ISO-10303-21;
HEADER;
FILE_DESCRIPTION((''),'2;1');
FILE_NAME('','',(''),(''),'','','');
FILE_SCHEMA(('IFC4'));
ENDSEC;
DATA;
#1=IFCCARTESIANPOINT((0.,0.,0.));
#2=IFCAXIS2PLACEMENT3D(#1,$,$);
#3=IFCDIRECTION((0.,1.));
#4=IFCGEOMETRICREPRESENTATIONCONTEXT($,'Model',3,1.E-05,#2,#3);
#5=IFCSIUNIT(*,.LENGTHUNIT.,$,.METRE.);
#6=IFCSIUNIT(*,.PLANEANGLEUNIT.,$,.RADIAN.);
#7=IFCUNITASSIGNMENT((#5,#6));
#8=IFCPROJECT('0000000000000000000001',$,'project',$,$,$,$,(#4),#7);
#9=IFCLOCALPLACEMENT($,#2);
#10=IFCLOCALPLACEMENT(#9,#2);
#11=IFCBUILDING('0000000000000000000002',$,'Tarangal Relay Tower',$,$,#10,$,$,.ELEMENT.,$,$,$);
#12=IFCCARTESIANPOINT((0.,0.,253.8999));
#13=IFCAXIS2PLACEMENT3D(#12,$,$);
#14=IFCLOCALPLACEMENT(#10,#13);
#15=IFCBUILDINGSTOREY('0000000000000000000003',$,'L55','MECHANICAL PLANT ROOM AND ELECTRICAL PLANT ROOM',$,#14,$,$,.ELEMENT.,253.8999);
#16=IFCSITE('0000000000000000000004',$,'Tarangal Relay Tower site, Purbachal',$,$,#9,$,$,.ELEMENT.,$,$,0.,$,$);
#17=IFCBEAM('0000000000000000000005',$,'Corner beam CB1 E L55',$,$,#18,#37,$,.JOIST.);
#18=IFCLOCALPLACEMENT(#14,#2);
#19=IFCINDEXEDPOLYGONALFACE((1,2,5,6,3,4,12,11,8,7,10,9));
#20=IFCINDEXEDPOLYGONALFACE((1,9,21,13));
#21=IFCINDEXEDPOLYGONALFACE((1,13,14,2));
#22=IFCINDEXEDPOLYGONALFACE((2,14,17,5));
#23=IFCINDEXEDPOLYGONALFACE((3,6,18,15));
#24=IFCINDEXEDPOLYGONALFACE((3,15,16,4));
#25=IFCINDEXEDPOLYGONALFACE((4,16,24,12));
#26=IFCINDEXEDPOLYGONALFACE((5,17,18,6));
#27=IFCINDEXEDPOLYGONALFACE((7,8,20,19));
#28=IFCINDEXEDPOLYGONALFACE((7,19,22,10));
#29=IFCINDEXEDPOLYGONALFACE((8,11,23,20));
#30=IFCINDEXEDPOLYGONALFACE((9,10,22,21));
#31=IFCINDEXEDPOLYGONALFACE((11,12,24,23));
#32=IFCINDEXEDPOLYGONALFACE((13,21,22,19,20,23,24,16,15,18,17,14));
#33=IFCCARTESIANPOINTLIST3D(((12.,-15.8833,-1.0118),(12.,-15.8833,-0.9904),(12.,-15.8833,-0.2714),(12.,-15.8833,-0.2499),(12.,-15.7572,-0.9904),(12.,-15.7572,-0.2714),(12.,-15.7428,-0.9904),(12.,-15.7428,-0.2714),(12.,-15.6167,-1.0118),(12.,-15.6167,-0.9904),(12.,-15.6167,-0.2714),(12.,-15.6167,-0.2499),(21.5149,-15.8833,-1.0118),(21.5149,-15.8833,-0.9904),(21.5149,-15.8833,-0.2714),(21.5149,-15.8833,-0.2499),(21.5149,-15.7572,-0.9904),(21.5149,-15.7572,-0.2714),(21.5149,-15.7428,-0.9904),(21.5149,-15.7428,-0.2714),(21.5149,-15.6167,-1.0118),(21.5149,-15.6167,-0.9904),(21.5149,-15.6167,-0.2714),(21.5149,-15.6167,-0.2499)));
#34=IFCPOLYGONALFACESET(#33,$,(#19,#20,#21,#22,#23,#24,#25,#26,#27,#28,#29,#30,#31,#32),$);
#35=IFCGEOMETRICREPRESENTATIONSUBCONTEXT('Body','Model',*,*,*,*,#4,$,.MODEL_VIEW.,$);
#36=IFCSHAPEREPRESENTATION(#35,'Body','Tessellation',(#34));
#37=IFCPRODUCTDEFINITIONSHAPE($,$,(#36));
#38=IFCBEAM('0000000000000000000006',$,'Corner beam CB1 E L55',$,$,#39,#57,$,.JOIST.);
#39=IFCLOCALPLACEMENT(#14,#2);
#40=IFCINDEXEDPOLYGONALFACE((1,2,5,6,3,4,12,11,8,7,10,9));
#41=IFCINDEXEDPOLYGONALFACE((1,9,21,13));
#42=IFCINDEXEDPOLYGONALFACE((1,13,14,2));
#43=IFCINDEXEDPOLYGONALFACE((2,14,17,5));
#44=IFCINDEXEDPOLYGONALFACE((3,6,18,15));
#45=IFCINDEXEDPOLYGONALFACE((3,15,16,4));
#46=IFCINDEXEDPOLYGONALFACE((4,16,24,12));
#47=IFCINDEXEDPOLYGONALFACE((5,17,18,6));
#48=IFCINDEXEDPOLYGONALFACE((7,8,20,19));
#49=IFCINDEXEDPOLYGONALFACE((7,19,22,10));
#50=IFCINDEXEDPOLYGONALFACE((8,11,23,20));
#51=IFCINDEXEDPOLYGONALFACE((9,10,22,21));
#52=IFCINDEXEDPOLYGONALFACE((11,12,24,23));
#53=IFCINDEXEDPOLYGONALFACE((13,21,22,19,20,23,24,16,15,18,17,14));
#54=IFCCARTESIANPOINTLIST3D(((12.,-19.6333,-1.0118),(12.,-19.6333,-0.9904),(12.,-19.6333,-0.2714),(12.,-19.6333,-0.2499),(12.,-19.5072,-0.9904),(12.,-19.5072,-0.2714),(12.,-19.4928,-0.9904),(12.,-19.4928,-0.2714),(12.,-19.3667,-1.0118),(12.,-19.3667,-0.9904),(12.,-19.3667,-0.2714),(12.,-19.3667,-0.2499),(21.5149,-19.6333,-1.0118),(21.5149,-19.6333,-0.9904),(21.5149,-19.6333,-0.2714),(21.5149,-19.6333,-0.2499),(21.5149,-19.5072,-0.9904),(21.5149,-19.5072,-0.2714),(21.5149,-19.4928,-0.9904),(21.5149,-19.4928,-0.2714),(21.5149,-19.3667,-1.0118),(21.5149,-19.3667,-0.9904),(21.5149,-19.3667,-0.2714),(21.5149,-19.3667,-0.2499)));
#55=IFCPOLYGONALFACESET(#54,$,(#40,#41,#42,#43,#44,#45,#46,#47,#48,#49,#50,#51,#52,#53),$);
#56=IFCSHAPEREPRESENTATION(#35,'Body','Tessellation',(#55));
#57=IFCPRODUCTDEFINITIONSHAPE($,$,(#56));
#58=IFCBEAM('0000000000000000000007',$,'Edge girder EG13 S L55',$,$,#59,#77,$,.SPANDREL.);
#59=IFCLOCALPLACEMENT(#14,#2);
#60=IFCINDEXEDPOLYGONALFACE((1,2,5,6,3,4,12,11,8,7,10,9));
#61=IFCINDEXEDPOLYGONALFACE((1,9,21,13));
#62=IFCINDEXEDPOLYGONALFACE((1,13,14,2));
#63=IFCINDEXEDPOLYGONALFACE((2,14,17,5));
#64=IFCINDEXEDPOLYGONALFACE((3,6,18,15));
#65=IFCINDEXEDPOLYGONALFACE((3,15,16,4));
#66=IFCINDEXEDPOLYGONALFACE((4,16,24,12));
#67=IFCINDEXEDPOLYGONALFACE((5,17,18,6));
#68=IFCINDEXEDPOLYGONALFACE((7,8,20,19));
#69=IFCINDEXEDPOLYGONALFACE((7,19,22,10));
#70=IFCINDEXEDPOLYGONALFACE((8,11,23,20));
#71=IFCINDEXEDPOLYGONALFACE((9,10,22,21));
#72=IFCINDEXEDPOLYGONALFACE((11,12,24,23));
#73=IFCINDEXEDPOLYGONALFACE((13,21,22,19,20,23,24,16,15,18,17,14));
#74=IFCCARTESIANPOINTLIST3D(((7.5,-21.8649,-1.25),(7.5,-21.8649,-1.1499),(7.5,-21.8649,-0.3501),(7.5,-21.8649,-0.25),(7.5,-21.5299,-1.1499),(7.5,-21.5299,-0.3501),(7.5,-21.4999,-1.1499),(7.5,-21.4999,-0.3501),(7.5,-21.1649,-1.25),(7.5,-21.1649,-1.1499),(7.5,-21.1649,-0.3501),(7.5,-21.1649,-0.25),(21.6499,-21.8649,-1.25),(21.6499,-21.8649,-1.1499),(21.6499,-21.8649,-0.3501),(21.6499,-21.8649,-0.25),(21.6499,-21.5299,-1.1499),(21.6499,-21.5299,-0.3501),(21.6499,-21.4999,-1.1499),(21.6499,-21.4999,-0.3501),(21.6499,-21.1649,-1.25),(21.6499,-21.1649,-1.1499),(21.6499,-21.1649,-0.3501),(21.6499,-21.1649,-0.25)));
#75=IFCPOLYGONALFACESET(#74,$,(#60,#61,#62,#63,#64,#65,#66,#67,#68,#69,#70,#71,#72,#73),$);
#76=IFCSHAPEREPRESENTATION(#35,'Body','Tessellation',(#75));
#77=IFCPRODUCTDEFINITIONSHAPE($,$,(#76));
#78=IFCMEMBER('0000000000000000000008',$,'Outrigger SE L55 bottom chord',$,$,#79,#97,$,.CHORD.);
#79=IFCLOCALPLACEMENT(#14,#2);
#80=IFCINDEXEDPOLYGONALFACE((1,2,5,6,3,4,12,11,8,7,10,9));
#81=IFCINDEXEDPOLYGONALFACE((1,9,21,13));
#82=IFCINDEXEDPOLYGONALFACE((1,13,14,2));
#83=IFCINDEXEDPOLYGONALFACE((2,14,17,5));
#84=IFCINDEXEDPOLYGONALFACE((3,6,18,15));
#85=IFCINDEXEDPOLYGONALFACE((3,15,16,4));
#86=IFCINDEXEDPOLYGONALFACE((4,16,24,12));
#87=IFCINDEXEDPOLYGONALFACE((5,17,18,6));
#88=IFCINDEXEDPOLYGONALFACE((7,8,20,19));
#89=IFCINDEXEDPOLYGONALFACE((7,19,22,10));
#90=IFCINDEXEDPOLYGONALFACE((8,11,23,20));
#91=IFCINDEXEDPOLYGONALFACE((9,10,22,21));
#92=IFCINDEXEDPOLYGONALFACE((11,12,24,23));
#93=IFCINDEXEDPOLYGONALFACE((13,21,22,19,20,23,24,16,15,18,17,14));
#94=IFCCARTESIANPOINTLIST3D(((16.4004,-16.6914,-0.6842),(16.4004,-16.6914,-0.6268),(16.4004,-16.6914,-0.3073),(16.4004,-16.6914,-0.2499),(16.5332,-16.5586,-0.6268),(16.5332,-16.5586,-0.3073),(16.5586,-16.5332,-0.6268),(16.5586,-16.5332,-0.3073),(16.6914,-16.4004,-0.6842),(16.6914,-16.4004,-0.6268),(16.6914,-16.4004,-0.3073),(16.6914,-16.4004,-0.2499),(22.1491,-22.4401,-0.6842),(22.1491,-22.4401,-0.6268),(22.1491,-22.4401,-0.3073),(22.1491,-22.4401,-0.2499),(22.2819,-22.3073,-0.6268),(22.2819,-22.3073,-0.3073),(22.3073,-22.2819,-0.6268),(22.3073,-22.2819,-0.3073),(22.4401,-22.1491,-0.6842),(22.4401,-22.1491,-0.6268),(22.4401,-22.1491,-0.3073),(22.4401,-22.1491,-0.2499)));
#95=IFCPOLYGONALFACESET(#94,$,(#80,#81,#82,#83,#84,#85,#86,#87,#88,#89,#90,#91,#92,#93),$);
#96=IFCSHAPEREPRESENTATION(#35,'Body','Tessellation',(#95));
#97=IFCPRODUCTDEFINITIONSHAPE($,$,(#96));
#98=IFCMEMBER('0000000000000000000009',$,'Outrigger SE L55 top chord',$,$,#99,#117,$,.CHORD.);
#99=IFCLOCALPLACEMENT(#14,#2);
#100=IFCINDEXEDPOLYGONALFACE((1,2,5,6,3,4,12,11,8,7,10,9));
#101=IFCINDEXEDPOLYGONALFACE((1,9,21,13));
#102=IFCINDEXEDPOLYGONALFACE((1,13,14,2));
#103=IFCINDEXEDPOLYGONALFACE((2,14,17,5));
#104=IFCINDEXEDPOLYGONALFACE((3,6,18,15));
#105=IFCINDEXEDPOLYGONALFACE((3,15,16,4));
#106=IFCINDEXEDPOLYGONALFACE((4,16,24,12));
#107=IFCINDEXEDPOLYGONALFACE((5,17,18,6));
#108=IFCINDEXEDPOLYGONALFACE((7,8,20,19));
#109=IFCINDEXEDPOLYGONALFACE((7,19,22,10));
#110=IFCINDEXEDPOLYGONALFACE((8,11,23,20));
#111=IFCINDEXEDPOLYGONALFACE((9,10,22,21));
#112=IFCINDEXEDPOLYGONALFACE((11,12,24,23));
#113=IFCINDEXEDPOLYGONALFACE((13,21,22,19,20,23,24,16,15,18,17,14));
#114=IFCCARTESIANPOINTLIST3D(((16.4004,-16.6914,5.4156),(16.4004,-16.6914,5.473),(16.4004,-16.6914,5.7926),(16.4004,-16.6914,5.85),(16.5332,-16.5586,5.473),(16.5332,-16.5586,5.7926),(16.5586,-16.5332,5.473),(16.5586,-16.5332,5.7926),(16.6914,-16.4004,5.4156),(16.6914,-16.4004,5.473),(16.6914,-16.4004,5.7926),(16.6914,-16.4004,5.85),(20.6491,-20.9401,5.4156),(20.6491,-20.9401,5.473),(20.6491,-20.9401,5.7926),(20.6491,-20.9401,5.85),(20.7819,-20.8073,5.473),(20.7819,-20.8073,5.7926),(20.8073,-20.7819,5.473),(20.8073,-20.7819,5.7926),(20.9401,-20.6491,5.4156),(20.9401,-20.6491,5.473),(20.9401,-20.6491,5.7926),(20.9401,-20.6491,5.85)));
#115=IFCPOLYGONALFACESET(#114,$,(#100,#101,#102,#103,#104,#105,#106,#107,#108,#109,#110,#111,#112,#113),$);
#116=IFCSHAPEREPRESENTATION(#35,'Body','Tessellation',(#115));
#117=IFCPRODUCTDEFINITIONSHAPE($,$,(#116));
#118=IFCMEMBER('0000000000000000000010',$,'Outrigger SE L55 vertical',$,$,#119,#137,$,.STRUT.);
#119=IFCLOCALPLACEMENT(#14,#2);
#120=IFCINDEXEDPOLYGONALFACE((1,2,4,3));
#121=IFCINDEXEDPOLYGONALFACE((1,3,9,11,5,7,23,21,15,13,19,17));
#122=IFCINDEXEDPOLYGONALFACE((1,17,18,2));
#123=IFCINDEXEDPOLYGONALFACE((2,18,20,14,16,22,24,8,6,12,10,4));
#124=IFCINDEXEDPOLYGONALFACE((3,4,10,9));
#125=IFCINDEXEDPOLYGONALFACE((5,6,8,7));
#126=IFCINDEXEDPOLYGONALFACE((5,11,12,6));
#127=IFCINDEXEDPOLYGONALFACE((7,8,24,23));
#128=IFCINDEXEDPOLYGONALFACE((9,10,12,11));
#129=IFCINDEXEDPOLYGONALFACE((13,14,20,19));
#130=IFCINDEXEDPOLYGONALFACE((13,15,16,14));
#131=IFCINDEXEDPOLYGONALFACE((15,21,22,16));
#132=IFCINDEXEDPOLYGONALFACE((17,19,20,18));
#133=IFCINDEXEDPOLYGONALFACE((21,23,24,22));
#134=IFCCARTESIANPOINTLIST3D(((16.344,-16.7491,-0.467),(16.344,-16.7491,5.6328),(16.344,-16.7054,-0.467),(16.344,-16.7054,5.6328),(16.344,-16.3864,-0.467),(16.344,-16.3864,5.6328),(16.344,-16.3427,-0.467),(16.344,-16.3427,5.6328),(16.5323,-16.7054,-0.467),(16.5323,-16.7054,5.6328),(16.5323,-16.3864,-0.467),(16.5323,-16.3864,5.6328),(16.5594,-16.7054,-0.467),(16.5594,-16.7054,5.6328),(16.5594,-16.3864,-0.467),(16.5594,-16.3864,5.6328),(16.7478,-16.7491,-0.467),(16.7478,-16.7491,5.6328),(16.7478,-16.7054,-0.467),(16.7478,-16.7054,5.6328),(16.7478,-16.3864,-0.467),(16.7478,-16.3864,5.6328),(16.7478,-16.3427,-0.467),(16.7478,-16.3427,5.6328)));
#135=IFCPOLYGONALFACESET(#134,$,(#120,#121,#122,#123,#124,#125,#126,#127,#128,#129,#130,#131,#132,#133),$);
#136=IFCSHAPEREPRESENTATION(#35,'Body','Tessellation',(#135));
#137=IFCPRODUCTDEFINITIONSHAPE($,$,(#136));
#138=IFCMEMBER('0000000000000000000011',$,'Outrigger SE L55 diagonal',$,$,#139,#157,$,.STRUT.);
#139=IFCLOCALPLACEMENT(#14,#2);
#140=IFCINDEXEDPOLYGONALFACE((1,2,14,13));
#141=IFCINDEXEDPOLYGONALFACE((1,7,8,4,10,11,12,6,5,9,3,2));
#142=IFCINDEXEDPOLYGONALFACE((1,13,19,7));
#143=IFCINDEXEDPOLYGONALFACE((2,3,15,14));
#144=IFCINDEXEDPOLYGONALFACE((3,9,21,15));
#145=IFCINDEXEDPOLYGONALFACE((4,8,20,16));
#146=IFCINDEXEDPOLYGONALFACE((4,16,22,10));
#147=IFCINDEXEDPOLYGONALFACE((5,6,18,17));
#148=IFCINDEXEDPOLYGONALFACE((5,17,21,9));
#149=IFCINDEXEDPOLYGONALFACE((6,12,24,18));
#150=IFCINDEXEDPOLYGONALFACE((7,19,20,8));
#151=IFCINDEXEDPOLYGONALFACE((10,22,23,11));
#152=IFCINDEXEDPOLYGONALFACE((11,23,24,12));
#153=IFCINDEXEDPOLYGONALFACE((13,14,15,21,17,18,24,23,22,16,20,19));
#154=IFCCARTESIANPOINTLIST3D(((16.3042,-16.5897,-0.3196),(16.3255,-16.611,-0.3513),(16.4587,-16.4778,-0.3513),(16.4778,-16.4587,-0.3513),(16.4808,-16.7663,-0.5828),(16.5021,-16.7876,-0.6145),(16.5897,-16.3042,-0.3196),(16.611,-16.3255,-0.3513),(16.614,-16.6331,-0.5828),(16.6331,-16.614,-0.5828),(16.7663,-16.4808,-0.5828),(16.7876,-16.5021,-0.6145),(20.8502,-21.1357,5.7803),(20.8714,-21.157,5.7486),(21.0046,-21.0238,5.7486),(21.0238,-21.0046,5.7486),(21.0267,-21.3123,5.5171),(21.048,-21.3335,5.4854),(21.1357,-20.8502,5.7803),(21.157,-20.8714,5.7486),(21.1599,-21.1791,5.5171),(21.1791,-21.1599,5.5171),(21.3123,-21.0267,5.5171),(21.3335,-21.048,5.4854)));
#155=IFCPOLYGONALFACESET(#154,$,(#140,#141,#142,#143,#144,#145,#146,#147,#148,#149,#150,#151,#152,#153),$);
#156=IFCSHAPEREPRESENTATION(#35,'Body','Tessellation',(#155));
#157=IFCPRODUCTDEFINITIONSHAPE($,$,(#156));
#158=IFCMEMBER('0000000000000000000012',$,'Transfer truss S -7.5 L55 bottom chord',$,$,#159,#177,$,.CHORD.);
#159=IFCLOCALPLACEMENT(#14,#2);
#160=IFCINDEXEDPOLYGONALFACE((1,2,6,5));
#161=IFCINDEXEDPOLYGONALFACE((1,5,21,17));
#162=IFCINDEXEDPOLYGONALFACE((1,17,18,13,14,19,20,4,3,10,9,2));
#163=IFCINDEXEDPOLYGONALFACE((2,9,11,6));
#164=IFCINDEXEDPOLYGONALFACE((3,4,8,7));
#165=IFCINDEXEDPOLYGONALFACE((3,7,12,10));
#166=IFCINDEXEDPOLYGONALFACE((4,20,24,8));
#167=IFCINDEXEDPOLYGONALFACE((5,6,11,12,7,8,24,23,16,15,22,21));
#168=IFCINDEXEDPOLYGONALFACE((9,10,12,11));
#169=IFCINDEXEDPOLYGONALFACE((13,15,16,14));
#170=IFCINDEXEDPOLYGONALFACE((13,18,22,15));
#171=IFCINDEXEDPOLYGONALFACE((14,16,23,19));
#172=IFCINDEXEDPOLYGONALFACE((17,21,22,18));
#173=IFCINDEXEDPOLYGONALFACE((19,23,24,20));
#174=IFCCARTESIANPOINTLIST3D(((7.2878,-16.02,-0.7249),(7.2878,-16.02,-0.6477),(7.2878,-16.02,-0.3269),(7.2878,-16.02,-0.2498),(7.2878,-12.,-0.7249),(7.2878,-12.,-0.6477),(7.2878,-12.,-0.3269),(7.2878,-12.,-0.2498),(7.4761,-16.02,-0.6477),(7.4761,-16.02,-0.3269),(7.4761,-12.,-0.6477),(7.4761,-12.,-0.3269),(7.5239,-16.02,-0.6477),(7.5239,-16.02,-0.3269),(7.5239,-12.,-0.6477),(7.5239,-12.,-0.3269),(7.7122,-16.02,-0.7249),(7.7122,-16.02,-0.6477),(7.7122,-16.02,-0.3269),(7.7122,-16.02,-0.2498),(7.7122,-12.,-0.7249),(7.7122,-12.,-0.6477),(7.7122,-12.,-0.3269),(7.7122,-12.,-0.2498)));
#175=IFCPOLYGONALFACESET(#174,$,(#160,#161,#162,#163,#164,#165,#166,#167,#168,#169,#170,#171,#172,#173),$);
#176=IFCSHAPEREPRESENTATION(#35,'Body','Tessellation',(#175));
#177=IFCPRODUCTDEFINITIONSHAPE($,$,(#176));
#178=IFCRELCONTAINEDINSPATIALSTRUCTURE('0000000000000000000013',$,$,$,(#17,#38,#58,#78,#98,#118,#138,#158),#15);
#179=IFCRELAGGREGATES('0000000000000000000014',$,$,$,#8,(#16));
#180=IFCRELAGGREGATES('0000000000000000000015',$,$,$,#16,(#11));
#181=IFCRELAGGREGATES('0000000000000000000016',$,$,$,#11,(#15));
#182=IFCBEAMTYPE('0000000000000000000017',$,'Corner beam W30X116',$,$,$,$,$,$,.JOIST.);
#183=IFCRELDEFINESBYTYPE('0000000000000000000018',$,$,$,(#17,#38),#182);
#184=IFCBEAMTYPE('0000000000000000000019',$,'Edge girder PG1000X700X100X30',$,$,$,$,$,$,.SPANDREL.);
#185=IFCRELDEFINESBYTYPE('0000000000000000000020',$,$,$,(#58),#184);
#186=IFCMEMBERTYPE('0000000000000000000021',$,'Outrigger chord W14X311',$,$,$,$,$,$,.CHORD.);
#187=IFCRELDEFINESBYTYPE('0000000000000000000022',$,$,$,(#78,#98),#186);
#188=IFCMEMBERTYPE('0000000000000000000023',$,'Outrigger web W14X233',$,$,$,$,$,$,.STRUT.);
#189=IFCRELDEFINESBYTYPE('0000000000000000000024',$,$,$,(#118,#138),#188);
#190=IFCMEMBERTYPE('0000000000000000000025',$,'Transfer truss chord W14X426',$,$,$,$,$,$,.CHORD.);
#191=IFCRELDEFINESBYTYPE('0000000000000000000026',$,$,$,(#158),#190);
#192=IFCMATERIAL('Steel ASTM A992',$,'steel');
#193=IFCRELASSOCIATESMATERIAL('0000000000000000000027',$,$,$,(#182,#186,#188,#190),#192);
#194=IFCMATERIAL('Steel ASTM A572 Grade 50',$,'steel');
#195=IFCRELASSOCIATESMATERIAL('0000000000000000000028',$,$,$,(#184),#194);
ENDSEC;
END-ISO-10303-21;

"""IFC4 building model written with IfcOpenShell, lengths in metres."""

from ifc_helpers import new_model, si_unit, direction, frame, origin, origin_2d, place, context, subcontext, project, spatial, i_section, extrude, clip, halfspace, material, material_profile, profile_set, type_object, element, save


model = new_model("IFC4")

# Units and contexts
model_context = context("Model", 3, precision=1e-05, world=origin(), true_north=direction((0.0, 1.0)))
body_context = subcontext(model_context, "Body", "Model", "MODEL_VIEW")
ifc_project = project(units=[si_unit("LENGTHUNIT", "METRE"), si_unit("PLANEANGLEUNIT", "RADIAN")], contexts=[model_context])

# Site, building, storey
site_placement = place(None, origin())
site = spatial("IfcSite", under=ifc_project, at=site_placement, Name="Tarangal Relay Tower site, Purbachal", CompositionType="ELEMENT", RefElevation=0.0)
building_placement = place(site_placement, origin())
building = spatial("IfcBuilding", under=site, at=building_placement, Name="Tarangal Relay Tower", CompositionType="ELEMENT")
storey_placement = place(building_placement, frame((0.0, 0.0, 253.8999)))
storey = spatial("IfcBuildingStorey", under=building, at=storey_placement, Name="L55", Description="MECHANICAL PLANT ROOM AND ELECTRICAL PLANT ROOM", CompositionType="ELEMENT", Elevation=253.8999)

# Shared definitions
ifc_material_1 = material(Name="Steel ASTM A572 Grade 50", Category="steel")

# Beams
ifc_material_2 = material(Name="Steel ASTM A992", Category="steel")
ifc_material_profile_1 = material_profile(ifc_material_2, i_section(OverallWidth=0.2666, OverallDepth=0.762, WebThickness=0.0144, FlangeThickness=0.0215, at=origin_2d()), Name="W30X116")
ifc_profile_set_1 = profile_set([ifc_material_profile_1], Name="Steel ASTM A992")
beam_type_1 = type_object("IfcBeamType", Name="Corner beam W30X116", PredefinedType="JOIST", material=ifc_profile_set_1)
for number, where, z_axis, x_axis, name in (
    (1, (12.0, -15.75, -0.6309), (1.0, 0.0, 0.0), (0.0, 1.0, 0.0), "Corner beam CB1 E L55"),
    (2, (12.0, -19.5, -0.6309), (1.0, 0.0, 0.0), (0.0, 1.0, 0.0), "Corner beam CB1 E L55"),
):
    element("IfcBeam", number, at=place(storey_placement, frame(where, z_axis=z_axis, x_axis=x_axis)), inside=storey, type_object=beam_type_1, Name=name, PredefinedType="JOIST", context=body_context, shape_type="SweptSolid", body=[
        extrude(i_section(OverallWidth=0.2666, OverallDepth=0.762, WebThickness=0.0144, FlangeThickness=0.0215, at=origin_2d()), origin(), (0.0, 0.0, 1.0), 9.5149),
    ])
ifc_material_profile_2 = material_profile(ifc_material_1, i_section(OverallWidth=0.7, OverallDepth=1.0, WebThickness=0.03, FlangeThickness=0.1001, at=origin_2d()), Name="PG1000X700X100X30")
ifc_profile_set_2 = profile_set([ifc_material_profile_2], Name="Steel ASTM A572 Grade 50")
beam_type_2 = type_object("IfcBeamType", Name="Edge girder PG1000X700X100X30", PredefinedType="SPANDREL", material=ifc_profile_set_2)
beam_placement = place(storey_placement, frame((21.6499, -21.5149, -0.75), z_axis=(-1.0, 0.0, 0.0), x_axis=(0.0, -1.0, 0.0)))
element("IfcBeam", 3, at=beam_placement, inside=storey, type_object=beam_type_2, Name="Edge girder EG13 S L55", PredefinedType="SPANDREL", context=body_context, shape_type="SweptSolid", body=[
    extrude(i_section(OverallWidth=0.7, OverallDepth=1.0, WebThickness=0.03, FlangeThickness=0.1001, at=origin_2d()), origin(), (0.0, 0.0, 1.0), 14.1499),
])

# Members
ifc_material_profile_3 = material_profile(ifc_material_2, i_section(OverallWidth=0.4116, OverallDepth=0.4343, WebThickness=0.0359, FlangeThickness=0.0574, at=origin_2d()), Name="W14X311")
ifc_profile_set_3 = profile_set([ifc_material_profile_3], Name="Steel ASTM A992")
member_type_1 = type_object("IfcMemberType", Name="Outrigger chord W14X311", PredefinedType="CHORD", material=ifc_profile_set_3)
member_1_placement = place(storey_placement, frame((16.5459, -16.5459, -0.467), z_axis=(0.707107, -0.707107, 0.0), x_axis=(0.707107, 0.707107, 0.0)))
element("IfcMember", 4, at=member_1_placement, inside=storey, type_object=member_type_1, Name="Outrigger SE L55 bottom chord", PredefinedType="CHORD", context=body_context, shape_type="Clipping", body=[
    clip(extrude(i_section(OverallWidth=0.4116, OverallDepth=0.4343, WebThickness=0.0359, FlangeThickness=0.0574, at=origin_2d()), origin(), (0.0, 0.0, 1.0), 8.4204), halfspace(frame((0.0, 0.0, 8.1299)), False)),
])
member_2_placement = place(storey_placement, frame((16.5459, -16.5459, 5.6328), z_axis=(0.707107, -0.707107, 0.0), x_axis=(0.707107, 0.707107, 0.0)))
element("IfcMember", 5, at=member_2_placement, inside=storey, type_object=member_type_1, Name="Outrigger SE L55 top chord", PredefinedType="CHORD", context=body_context, shape_type="Clipping", body=[
    clip(extrude(i_section(OverallWidth=0.4116, OverallDepth=0.4343, WebThickness=0.0359, FlangeThickness=0.0574, at=origin_2d()), origin(), (0.0, 0.0, 1.0), 6.429), halfspace(frame((0.0, 0.0, 6.0085)), False)),
])
ifc_material_profile_4 = material_profile(ifc_material_2, i_section(OverallWidth=0.4038, OverallDepth=0.4065, WebThickness=0.0271, FlangeThickness=0.0437, at=origin_2d()), Name="W14X233")
ifc_profile_set_4 = profile_set([ifc_material_profile_4], Name="Steel ASTM A992")
member_type_2 = type_object("IfcMemberType", Name="Outrigger web W14X233", PredefinedType="STRUT", material=ifc_profile_set_4)
member_3_placement = place(storey_placement, frame((16.5459, -16.5459, -0.467), z_axis=(0.0, 0.0, 1.0), x_axis=(1.0, 0.0, 0.0)))
element("IfcMember", 6, at=member_3_placement, inside=storey, type_object=member_type_2, Name="Outrigger SE L55 vertical", PredefinedType="STRUT", context=body_context, shape_type="SweptSolid", body=[
    extrude(i_section(OverallWidth=0.4038, OverallDepth=0.4065, WebThickness=0.0271, FlangeThickness=0.0437, at=origin_2d()), origin(), (0.0, 0.0, 1.0), 6.0999),
])
member_4_placement = place(storey_placement, frame((16.5459, -16.5459, -0.467), z_axis=(0.512954, -0.512954, 0.6883), x_axis=(0.707107, 0.707107, 0.0)))
element("IfcMember", 7, at=member_4_placement, inside=storey, type_object=member_type_2, Name="Outrigger SE L55 diagonal", PredefinedType="STRUT", context=body_context, shape_type="SweptSolid", body=[
    extrude(i_section(OverallWidth=0.4038, OverallDepth=0.4065, WebThickness=0.0271, FlangeThickness=0.0437, at=origin_2d()), origin(), (0.0, 0.0, 1.0), 8.8623),
])
ifc_material_profile_5 = material_profile(ifc_material_2, i_section(OverallWidth=0.4243, OverallDepth=0.4751, WebThickness=0.0479, FlangeThickness=0.0771, at=origin_2d()), Name="W14X426")
ifc_profile_set_5 = profile_set([ifc_material_profile_5], Name="Steel ASTM A992")
member_type_3 = type_object("IfcMemberType", Name="Transfer truss chord W14X426", PredefinedType="CHORD", material=ifc_profile_set_5)
for number, where, z_axis, x_axis, name in (
    (8, (7.5, -12.0, -0.4873), (0.0, -1.0, 0.0), (1.0, 0.0, 0.0), "Transfer truss S -7.5 L55 bottom chord"),
):
    element("IfcMember", number, at=place(storey_placement, frame(where, z_axis=z_axis, x_axis=x_axis)), inside=storey, type_object=member_type_3, Name=name, PredefinedType="CHORD", context=body_context, shape_type="SweptSolid", body=[
        extrude(i_section(OverallWidth=0.4243, OverallDepth=0.4751, WebThickness=0.0479, FlangeThickness=0.0771, at=origin_2d()), origin(), (0.0, 0.0, 1.0), 4.02),
    ])

save(model, "model.ifc")
